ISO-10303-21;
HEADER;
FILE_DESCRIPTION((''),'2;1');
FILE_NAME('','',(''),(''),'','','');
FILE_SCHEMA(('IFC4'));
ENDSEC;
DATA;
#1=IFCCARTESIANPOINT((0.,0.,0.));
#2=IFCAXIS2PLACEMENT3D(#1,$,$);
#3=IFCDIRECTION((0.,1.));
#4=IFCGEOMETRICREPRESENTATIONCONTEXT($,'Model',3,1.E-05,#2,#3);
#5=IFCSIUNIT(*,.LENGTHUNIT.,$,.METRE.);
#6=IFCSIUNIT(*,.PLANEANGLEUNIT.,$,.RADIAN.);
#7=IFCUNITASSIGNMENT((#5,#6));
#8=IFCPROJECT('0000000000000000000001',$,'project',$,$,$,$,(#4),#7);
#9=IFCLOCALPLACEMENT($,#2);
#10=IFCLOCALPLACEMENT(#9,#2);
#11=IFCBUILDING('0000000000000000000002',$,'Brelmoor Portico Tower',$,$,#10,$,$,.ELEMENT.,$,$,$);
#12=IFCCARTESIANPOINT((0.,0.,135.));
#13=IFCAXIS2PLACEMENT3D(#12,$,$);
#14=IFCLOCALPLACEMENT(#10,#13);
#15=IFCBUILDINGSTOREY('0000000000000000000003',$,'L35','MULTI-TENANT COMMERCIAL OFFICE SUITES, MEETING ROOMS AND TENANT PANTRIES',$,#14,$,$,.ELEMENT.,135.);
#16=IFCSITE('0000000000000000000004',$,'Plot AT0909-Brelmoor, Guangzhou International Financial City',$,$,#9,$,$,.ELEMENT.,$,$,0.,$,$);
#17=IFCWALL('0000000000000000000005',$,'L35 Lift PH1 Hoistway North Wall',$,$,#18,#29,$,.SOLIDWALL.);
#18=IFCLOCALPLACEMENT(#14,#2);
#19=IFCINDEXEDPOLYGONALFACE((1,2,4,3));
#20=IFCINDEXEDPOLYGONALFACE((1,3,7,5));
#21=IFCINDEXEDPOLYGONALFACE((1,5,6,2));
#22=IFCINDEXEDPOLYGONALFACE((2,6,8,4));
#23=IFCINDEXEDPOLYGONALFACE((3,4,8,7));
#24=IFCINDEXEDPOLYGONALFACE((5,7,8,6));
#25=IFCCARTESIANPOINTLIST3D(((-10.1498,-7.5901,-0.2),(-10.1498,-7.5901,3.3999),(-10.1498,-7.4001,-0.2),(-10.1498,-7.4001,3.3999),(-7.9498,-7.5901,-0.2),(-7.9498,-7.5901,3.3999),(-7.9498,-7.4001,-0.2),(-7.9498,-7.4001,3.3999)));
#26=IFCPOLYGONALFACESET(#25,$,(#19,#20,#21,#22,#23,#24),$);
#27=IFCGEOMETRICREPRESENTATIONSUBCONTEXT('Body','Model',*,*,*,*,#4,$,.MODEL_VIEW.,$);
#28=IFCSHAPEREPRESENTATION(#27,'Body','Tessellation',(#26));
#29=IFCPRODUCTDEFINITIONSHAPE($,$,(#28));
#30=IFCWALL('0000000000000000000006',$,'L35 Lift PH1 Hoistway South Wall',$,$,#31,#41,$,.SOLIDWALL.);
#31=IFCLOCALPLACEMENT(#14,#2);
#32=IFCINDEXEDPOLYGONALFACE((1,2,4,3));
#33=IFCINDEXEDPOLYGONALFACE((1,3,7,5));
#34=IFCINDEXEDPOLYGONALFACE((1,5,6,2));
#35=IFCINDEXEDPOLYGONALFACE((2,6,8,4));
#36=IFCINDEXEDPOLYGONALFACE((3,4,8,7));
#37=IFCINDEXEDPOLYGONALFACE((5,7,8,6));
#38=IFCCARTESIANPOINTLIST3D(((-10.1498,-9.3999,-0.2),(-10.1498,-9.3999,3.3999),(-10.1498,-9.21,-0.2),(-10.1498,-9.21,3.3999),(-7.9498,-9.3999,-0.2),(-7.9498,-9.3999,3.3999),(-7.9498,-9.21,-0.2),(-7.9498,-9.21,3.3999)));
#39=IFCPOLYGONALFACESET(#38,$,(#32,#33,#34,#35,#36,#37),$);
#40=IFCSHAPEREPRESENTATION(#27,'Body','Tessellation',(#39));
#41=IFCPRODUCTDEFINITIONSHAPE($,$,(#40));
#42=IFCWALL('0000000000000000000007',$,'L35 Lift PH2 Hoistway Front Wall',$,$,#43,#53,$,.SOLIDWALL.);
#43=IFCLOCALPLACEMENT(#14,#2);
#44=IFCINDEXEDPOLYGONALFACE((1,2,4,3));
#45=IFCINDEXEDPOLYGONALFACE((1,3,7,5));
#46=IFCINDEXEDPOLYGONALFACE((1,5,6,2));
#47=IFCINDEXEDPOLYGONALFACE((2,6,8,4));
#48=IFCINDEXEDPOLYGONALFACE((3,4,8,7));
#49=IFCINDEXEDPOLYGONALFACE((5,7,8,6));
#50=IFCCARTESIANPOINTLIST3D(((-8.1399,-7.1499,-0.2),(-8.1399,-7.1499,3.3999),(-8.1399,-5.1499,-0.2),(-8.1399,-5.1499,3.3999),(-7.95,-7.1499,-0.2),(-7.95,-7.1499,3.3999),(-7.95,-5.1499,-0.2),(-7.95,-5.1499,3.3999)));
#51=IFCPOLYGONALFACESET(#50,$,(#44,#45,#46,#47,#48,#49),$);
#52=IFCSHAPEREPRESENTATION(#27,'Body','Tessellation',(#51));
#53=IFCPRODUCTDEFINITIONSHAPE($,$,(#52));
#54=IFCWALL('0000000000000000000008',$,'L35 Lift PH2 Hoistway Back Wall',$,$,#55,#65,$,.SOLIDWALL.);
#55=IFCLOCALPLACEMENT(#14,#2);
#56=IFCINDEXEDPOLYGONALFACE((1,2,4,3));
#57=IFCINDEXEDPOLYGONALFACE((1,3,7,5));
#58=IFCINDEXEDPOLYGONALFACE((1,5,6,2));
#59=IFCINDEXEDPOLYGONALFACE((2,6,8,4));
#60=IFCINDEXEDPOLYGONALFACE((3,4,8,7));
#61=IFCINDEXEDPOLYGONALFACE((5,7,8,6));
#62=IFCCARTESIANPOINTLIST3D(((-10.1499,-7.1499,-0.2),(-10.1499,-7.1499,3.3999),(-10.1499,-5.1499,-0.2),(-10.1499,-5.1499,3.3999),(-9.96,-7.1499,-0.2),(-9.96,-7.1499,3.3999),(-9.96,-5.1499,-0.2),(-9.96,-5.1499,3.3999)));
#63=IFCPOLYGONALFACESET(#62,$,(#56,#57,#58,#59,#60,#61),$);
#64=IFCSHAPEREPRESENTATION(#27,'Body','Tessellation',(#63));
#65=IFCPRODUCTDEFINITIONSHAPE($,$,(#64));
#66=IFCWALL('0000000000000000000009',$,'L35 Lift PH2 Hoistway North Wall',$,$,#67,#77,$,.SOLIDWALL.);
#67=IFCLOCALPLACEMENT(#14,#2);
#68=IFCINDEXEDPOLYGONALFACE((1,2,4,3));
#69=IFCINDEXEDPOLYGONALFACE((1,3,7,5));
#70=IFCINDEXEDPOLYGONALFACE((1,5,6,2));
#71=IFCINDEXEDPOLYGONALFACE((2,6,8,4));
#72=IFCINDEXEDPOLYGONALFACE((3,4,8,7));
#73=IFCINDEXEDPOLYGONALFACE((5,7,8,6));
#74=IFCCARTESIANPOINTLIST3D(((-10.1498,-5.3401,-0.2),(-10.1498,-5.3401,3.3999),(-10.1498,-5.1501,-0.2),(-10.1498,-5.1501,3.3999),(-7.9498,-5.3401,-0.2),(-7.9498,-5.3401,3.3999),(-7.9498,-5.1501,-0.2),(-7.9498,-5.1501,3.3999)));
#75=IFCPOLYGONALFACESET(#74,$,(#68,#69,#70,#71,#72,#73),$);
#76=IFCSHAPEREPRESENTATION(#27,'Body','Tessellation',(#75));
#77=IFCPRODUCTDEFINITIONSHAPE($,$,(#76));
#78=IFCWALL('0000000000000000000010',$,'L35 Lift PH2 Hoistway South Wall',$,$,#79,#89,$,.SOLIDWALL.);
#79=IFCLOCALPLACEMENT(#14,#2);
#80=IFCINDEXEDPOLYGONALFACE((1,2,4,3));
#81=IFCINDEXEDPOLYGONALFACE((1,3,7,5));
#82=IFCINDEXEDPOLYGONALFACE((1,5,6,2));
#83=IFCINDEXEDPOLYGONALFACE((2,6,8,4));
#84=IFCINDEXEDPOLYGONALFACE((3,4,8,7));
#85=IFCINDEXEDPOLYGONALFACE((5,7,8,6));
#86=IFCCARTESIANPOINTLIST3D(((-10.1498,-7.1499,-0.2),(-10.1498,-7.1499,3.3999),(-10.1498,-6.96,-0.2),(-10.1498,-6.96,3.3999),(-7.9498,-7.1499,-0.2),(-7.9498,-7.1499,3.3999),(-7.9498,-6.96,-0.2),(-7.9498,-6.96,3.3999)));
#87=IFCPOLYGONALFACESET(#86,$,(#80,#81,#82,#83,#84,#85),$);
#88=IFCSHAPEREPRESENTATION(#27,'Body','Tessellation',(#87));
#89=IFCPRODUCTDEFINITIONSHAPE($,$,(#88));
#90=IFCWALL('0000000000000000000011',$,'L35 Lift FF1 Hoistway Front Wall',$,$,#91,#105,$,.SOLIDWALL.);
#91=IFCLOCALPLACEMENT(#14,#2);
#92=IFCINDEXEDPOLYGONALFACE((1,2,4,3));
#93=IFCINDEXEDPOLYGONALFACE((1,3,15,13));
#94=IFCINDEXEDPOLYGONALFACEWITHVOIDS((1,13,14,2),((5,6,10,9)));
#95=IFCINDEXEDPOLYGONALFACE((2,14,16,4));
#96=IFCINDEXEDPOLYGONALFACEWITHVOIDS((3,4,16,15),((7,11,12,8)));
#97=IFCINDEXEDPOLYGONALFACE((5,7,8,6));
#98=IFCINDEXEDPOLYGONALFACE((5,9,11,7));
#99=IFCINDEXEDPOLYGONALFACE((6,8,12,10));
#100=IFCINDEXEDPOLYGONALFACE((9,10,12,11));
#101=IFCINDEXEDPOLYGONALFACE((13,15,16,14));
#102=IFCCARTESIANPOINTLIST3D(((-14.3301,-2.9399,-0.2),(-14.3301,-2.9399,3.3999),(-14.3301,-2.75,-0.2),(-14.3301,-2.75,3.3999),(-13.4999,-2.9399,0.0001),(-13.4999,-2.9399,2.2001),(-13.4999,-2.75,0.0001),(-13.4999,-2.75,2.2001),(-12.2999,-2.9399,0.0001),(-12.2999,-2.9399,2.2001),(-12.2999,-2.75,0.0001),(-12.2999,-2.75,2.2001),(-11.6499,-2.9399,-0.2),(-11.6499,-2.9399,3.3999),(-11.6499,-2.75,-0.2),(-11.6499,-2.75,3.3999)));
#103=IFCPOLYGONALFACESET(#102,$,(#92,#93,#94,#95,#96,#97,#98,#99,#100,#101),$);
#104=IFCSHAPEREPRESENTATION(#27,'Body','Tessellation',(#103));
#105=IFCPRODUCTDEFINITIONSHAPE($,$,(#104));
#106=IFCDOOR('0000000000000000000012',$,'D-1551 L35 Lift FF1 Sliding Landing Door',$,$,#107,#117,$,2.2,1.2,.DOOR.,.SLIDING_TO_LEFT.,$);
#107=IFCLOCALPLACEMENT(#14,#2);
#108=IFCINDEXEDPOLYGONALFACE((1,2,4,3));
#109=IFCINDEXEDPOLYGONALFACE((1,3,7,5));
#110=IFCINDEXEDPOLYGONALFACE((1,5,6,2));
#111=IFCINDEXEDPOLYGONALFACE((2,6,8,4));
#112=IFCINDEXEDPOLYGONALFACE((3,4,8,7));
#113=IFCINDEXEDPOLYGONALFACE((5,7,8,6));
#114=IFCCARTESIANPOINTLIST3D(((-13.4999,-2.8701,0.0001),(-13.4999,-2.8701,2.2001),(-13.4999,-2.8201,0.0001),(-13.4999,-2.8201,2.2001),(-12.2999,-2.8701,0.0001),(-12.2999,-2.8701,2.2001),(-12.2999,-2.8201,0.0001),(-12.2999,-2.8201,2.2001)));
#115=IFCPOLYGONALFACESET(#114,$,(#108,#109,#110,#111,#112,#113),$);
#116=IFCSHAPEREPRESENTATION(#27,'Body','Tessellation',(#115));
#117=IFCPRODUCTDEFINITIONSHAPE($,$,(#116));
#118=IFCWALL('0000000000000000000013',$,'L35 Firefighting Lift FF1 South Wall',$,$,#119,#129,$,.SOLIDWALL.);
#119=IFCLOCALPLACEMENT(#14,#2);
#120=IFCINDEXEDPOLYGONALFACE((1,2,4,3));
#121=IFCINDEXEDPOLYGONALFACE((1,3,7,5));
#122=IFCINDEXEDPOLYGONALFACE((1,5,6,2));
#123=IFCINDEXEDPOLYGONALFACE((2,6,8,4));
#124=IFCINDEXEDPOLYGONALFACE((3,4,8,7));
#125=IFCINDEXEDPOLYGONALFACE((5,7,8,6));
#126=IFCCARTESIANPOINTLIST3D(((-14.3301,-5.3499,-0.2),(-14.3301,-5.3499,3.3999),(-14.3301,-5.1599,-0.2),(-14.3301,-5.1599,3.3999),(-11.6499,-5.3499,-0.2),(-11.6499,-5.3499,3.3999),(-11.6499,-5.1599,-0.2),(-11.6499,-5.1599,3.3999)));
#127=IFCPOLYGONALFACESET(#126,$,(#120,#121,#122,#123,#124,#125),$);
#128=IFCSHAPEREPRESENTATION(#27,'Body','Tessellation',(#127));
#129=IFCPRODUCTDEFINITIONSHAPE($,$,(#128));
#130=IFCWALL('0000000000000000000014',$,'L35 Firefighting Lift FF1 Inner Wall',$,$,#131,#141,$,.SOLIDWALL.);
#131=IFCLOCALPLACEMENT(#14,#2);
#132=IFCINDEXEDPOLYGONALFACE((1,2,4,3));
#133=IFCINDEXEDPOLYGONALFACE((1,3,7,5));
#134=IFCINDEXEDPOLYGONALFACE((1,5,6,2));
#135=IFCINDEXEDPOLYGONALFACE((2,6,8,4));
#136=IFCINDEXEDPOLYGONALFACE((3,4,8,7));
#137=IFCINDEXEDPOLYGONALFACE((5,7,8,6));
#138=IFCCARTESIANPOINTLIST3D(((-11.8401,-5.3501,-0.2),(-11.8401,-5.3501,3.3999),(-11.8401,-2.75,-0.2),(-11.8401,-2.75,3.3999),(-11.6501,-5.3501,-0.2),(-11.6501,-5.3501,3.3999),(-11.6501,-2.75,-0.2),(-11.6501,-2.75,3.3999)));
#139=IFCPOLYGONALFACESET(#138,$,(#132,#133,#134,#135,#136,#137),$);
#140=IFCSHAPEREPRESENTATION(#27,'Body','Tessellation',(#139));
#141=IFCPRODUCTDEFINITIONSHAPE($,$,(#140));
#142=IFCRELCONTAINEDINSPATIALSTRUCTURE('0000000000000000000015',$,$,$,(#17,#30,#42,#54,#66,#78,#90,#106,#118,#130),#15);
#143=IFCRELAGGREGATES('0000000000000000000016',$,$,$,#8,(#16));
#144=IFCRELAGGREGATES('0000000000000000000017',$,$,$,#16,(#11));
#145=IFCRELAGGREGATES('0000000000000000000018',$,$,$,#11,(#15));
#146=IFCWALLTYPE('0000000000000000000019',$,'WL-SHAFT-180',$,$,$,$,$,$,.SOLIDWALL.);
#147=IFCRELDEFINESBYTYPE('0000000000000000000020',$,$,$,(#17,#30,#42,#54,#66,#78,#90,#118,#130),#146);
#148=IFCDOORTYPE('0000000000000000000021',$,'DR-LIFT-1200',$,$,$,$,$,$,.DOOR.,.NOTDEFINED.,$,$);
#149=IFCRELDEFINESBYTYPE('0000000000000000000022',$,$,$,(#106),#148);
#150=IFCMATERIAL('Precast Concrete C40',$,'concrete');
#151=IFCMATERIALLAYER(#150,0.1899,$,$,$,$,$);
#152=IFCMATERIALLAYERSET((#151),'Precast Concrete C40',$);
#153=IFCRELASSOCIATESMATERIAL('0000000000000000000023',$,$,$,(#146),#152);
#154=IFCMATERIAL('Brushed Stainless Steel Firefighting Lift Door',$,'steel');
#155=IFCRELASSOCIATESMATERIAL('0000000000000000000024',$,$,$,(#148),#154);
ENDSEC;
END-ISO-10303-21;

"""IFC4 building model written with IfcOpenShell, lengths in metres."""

from ifc_helpers import new_model, si_unit, direction, frame, frame_2d, origin, place, context, subcontext, project, spatial, rectangle, extrude, material, layer, layer_set, type_object, element, fill, save


model = new_model("IFC4")

# Units and contexts
model_context = context("Model", 3, precision=1e-05, world=origin(), true_north=direction((0.0, 1.0)))
body_context = subcontext(model_context, "Body", "Model", "MODEL_VIEW")
ifc_project = project(units=[si_unit("LENGTHUNIT", "METRE"), si_unit("PLANEANGLEUNIT", "RADIAN")], contexts=[model_context])

# Site, building, storey
site_placement = place(None, origin())
site = spatial("IfcSite", under=ifc_project, at=site_placement, Name="Plot AT0909-Brelmoor, Guangzhou International Financial City", CompositionType="ELEMENT", RefElevation=0.0)
building_placement = place(site_placement, origin())
building = spatial("IfcBuilding", under=site, at=building_placement, Name="Brelmoor Portico Tower", CompositionType="ELEMENT")
storey_placement = place(building_placement, frame((0.0, 0.0, 135.0)))
storey = spatial("IfcBuildingStorey", under=building, at=storey_placement, Name="L35", Description="MULTI-TENANT COMMERCIAL OFFICE SUITES, MEETING ROOMS AND TENANT PANTRIES", CompositionType="ELEMENT", Elevation=135.0)

# Walls
ifc_material_1 = material(Name="Precast Concrete C40", Category="concrete")
ifc_layer_1 = layer(ifc_material_1, 0.1899)
ifc_layer_set_1 = layer_set([ifc_layer_1], Name="Precast Concrete C40")
wall_type_1 = type_object("IfcWallType", Name="WL-SHAFT-180", PredefinedType="SOLIDWALL", material=ifc_layer_set_1)
for number, where, z_axis, x_axis, name in (
    (1, (-10.1499, -7.4951, -0.2), (0.0, 0.0, 1.0), (1.0, 0.0, 0.0), "L35 Lift PH1 Hoistway North Wall"),
    (2, (-10.1499, -9.3049, -0.2), (0.0, 0.0, 1.0), (1.0, 0.0, 0.0), "L35 Lift PH1 Hoistway South Wall"),
):
    element("IfcWall", number, at=place(storey_placement, frame(where, z_axis=z_axis, x_axis=x_axis)), inside=storey, type_object=wall_type_1, Name=name, PredefinedType="SOLIDWALL", context=body_context, shape_type="SweptSolid", body=[
        extrude(rectangle(XDim=2.2, YDim=0.1899, at=frame_2d((1.1001, 0.0))), origin(), (0.0, 0.0, 1.0), 3.5999),
    ])
for number, where, z_axis, x_axis, name in (
    (3, (-8.0449, -7.1499, -0.2), (0.0, 0.0, 1.0), (0.0, 1.0, 0.0), "L35 Lift PH2 Hoistway Front Wall"),
    (4, (-10.0549, -7.1499, -0.2), (0.0, 0.0, 1.0), (0.0, 1.0, 0.0), "L35 Lift PH2 Hoistway Back Wall"),
):
    element("IfcWall", number, at=place(storey_placement, frame(where, z_axis=z_axis, x_axis=x_axis)), inside=storey, type_object=wall_type_1, Name=name, PredefinedType="SOLIDWALL", context=body_context, shape_type="SweptSolid", body=[
        extrude(rectangle(XDim=2.0, YDim=0.1899, at=frame_2d((1.0, 0.0))), origin(), (0.0, 0.0, 1.0), 3.5999),
    ])
for number, where, z_axis, x_axis, name in (
    (5, (-10.1499, -5.2451, -0.2), (0.0, 0.0, 1.0), (1.0, 0.0, 0.0), "L35 Lift PH2 Hoistway North Wall"),
    (6, (-10.1499, -7.0549, -0.2), (0.0, 0.0, 1.0), (1.0, 0.0, 0.0), "L35 Lift PH2 Hoistway South Wall"),
):
    element("IfcWall", number, at=place(storey_placement, frame(where, z_axis=z_axis, x_axis=x_axis)), inside=storey, type_object=wall_type_1, Name=name, PredefinedType="SOLIDWALL", context=body_context, shape_type="SweptSolid", body=[
        extrude(rectangle(XDim=2.2, YDim=0.1899, at=frame_2d((1.1001, 0.0))), origin(), (0.0, 0.0, 1.0), 3.5999),
    ])

# Wall, opening, door
wall_1_placement = place(storey_placement, frame((-14.3301, -2.845, -0.2), z_axis=(0.0, 0.0, 1.0), x_axis=(1.0, 0.0, 0.0)))
wall_1 = element("IfcWall", 7, at=wall_1_placement, inside=storey, type_object=wall_type_1, Name="L35 Lift FF1 Hoistway Front Wall", PredefinedType="SOLIDWALL", context=body_context, shape_type="SweptSolid", body=[
    extrude(rectangle(XDim=2.6802, YDim=0.1899, at=frame_2d((1.3401, 0.0))), origin(), (0.0, 0.0, 1.0), 3.5999),
])
opening_1_placement = place(wall_1_placement, frame((0.8301, 0.0, 0.2)))
opening_1 = element("IfcOpeningElement", 8, at=opening_1_placement, cuts=wall_1, PredefinedType="OPENING", context=body_context, shape_type="SweptSolid", body=[
    extrude(rectangle(XDim=1.2, YDim=2.2, at=frame_2d((0.6001, 1.1001))), frame((0.0, 0.105, 0.0), z_axis=(0.0, -1.0, 0.0), x_axis=(1.0, 0.0, 0.0)), (0.0, 0.0, 1.0), 0.21),
])
ifc_material_2 = material(Name="Brushed Stainless Steel Firefighting Lift Door", Category="steel")
door_type_1 = type_object("IfcDoorType", Name="DR-LIFT-1200", OperationType="NOTDEFINED", PredefinedType="DOOR", material=ifc_material_2)
door_1_placement = place(opening_1_placement, origin())
door_1 = element("IfcDoor", 9, at=door_1_placement, inside=storey, type_object=door_type_1, Name="D-1551 L35 Lift FF1 Sliding Landing Door", OperationType="SLIDING_TO_LEFT", OverallHeight=2.2, OverallWidth=1.2, PredefinedType="DOOR", context=body_context, shape_type="SweptSolid", body=[
    extrude(rectangle(XDim=1.2, YDim=2.2, at=frame_2d((0.6001, 1.1001))), frame((0.0, 0.0249, 0.0), z_axis=(0.0, -1.0, 0.0), x_axis=(1.0, 0.0, 0.0)), (0.0, 0.0, 1.0), 0.05),
])
fill(opening_1, door_1)

# Walls
wall_2_placement = place(storey_placement, frame((-14.3301, -5.2549, -0.2), z_axis=(0.0, 0.0, 1.0), x_axis=(1.0, 0.0, 0.0)))
element("IfcWall", 10, at=wall_2_placement, inside=storey, type_object=wall_type_1, Name="L35 Firefighting Lift FF1 South Wall", PredefinedType="SOLIDWALL", context=body_context, shape_type="SweptSolid", body=[
    extrude(rectangle(XDim=2.6802, YDim=0.1899, at=frame_2d((1.3401, 0.0))), origin(), (0.0, 0.0, 1.0), 3.5999),
])
wall_3_placement = place(storey_placement, frame((-11.7451, -5.3501, -0.2), z_axis=(0.0, 0.0, 1.0), x_axis=(0.0, 1.0, 0.0)))
element("IfcWall", 11, at=wall_3_placement, inside=storey, type_object=wall_type_1, Name="L35 Firefighting Lift FF1 Inner Wall", PredefinedType="SOLIDWALL", context=body_context, shape_type="SweptSolid", body=[
    extrude(rectangle(XDim=2.6001, YDim=0.1899, at=frame_2d((1.3, 0.0))), origin(), (0.0, 0.0, 1.0), 3.5999),
])

save(model, "model.ifc")
